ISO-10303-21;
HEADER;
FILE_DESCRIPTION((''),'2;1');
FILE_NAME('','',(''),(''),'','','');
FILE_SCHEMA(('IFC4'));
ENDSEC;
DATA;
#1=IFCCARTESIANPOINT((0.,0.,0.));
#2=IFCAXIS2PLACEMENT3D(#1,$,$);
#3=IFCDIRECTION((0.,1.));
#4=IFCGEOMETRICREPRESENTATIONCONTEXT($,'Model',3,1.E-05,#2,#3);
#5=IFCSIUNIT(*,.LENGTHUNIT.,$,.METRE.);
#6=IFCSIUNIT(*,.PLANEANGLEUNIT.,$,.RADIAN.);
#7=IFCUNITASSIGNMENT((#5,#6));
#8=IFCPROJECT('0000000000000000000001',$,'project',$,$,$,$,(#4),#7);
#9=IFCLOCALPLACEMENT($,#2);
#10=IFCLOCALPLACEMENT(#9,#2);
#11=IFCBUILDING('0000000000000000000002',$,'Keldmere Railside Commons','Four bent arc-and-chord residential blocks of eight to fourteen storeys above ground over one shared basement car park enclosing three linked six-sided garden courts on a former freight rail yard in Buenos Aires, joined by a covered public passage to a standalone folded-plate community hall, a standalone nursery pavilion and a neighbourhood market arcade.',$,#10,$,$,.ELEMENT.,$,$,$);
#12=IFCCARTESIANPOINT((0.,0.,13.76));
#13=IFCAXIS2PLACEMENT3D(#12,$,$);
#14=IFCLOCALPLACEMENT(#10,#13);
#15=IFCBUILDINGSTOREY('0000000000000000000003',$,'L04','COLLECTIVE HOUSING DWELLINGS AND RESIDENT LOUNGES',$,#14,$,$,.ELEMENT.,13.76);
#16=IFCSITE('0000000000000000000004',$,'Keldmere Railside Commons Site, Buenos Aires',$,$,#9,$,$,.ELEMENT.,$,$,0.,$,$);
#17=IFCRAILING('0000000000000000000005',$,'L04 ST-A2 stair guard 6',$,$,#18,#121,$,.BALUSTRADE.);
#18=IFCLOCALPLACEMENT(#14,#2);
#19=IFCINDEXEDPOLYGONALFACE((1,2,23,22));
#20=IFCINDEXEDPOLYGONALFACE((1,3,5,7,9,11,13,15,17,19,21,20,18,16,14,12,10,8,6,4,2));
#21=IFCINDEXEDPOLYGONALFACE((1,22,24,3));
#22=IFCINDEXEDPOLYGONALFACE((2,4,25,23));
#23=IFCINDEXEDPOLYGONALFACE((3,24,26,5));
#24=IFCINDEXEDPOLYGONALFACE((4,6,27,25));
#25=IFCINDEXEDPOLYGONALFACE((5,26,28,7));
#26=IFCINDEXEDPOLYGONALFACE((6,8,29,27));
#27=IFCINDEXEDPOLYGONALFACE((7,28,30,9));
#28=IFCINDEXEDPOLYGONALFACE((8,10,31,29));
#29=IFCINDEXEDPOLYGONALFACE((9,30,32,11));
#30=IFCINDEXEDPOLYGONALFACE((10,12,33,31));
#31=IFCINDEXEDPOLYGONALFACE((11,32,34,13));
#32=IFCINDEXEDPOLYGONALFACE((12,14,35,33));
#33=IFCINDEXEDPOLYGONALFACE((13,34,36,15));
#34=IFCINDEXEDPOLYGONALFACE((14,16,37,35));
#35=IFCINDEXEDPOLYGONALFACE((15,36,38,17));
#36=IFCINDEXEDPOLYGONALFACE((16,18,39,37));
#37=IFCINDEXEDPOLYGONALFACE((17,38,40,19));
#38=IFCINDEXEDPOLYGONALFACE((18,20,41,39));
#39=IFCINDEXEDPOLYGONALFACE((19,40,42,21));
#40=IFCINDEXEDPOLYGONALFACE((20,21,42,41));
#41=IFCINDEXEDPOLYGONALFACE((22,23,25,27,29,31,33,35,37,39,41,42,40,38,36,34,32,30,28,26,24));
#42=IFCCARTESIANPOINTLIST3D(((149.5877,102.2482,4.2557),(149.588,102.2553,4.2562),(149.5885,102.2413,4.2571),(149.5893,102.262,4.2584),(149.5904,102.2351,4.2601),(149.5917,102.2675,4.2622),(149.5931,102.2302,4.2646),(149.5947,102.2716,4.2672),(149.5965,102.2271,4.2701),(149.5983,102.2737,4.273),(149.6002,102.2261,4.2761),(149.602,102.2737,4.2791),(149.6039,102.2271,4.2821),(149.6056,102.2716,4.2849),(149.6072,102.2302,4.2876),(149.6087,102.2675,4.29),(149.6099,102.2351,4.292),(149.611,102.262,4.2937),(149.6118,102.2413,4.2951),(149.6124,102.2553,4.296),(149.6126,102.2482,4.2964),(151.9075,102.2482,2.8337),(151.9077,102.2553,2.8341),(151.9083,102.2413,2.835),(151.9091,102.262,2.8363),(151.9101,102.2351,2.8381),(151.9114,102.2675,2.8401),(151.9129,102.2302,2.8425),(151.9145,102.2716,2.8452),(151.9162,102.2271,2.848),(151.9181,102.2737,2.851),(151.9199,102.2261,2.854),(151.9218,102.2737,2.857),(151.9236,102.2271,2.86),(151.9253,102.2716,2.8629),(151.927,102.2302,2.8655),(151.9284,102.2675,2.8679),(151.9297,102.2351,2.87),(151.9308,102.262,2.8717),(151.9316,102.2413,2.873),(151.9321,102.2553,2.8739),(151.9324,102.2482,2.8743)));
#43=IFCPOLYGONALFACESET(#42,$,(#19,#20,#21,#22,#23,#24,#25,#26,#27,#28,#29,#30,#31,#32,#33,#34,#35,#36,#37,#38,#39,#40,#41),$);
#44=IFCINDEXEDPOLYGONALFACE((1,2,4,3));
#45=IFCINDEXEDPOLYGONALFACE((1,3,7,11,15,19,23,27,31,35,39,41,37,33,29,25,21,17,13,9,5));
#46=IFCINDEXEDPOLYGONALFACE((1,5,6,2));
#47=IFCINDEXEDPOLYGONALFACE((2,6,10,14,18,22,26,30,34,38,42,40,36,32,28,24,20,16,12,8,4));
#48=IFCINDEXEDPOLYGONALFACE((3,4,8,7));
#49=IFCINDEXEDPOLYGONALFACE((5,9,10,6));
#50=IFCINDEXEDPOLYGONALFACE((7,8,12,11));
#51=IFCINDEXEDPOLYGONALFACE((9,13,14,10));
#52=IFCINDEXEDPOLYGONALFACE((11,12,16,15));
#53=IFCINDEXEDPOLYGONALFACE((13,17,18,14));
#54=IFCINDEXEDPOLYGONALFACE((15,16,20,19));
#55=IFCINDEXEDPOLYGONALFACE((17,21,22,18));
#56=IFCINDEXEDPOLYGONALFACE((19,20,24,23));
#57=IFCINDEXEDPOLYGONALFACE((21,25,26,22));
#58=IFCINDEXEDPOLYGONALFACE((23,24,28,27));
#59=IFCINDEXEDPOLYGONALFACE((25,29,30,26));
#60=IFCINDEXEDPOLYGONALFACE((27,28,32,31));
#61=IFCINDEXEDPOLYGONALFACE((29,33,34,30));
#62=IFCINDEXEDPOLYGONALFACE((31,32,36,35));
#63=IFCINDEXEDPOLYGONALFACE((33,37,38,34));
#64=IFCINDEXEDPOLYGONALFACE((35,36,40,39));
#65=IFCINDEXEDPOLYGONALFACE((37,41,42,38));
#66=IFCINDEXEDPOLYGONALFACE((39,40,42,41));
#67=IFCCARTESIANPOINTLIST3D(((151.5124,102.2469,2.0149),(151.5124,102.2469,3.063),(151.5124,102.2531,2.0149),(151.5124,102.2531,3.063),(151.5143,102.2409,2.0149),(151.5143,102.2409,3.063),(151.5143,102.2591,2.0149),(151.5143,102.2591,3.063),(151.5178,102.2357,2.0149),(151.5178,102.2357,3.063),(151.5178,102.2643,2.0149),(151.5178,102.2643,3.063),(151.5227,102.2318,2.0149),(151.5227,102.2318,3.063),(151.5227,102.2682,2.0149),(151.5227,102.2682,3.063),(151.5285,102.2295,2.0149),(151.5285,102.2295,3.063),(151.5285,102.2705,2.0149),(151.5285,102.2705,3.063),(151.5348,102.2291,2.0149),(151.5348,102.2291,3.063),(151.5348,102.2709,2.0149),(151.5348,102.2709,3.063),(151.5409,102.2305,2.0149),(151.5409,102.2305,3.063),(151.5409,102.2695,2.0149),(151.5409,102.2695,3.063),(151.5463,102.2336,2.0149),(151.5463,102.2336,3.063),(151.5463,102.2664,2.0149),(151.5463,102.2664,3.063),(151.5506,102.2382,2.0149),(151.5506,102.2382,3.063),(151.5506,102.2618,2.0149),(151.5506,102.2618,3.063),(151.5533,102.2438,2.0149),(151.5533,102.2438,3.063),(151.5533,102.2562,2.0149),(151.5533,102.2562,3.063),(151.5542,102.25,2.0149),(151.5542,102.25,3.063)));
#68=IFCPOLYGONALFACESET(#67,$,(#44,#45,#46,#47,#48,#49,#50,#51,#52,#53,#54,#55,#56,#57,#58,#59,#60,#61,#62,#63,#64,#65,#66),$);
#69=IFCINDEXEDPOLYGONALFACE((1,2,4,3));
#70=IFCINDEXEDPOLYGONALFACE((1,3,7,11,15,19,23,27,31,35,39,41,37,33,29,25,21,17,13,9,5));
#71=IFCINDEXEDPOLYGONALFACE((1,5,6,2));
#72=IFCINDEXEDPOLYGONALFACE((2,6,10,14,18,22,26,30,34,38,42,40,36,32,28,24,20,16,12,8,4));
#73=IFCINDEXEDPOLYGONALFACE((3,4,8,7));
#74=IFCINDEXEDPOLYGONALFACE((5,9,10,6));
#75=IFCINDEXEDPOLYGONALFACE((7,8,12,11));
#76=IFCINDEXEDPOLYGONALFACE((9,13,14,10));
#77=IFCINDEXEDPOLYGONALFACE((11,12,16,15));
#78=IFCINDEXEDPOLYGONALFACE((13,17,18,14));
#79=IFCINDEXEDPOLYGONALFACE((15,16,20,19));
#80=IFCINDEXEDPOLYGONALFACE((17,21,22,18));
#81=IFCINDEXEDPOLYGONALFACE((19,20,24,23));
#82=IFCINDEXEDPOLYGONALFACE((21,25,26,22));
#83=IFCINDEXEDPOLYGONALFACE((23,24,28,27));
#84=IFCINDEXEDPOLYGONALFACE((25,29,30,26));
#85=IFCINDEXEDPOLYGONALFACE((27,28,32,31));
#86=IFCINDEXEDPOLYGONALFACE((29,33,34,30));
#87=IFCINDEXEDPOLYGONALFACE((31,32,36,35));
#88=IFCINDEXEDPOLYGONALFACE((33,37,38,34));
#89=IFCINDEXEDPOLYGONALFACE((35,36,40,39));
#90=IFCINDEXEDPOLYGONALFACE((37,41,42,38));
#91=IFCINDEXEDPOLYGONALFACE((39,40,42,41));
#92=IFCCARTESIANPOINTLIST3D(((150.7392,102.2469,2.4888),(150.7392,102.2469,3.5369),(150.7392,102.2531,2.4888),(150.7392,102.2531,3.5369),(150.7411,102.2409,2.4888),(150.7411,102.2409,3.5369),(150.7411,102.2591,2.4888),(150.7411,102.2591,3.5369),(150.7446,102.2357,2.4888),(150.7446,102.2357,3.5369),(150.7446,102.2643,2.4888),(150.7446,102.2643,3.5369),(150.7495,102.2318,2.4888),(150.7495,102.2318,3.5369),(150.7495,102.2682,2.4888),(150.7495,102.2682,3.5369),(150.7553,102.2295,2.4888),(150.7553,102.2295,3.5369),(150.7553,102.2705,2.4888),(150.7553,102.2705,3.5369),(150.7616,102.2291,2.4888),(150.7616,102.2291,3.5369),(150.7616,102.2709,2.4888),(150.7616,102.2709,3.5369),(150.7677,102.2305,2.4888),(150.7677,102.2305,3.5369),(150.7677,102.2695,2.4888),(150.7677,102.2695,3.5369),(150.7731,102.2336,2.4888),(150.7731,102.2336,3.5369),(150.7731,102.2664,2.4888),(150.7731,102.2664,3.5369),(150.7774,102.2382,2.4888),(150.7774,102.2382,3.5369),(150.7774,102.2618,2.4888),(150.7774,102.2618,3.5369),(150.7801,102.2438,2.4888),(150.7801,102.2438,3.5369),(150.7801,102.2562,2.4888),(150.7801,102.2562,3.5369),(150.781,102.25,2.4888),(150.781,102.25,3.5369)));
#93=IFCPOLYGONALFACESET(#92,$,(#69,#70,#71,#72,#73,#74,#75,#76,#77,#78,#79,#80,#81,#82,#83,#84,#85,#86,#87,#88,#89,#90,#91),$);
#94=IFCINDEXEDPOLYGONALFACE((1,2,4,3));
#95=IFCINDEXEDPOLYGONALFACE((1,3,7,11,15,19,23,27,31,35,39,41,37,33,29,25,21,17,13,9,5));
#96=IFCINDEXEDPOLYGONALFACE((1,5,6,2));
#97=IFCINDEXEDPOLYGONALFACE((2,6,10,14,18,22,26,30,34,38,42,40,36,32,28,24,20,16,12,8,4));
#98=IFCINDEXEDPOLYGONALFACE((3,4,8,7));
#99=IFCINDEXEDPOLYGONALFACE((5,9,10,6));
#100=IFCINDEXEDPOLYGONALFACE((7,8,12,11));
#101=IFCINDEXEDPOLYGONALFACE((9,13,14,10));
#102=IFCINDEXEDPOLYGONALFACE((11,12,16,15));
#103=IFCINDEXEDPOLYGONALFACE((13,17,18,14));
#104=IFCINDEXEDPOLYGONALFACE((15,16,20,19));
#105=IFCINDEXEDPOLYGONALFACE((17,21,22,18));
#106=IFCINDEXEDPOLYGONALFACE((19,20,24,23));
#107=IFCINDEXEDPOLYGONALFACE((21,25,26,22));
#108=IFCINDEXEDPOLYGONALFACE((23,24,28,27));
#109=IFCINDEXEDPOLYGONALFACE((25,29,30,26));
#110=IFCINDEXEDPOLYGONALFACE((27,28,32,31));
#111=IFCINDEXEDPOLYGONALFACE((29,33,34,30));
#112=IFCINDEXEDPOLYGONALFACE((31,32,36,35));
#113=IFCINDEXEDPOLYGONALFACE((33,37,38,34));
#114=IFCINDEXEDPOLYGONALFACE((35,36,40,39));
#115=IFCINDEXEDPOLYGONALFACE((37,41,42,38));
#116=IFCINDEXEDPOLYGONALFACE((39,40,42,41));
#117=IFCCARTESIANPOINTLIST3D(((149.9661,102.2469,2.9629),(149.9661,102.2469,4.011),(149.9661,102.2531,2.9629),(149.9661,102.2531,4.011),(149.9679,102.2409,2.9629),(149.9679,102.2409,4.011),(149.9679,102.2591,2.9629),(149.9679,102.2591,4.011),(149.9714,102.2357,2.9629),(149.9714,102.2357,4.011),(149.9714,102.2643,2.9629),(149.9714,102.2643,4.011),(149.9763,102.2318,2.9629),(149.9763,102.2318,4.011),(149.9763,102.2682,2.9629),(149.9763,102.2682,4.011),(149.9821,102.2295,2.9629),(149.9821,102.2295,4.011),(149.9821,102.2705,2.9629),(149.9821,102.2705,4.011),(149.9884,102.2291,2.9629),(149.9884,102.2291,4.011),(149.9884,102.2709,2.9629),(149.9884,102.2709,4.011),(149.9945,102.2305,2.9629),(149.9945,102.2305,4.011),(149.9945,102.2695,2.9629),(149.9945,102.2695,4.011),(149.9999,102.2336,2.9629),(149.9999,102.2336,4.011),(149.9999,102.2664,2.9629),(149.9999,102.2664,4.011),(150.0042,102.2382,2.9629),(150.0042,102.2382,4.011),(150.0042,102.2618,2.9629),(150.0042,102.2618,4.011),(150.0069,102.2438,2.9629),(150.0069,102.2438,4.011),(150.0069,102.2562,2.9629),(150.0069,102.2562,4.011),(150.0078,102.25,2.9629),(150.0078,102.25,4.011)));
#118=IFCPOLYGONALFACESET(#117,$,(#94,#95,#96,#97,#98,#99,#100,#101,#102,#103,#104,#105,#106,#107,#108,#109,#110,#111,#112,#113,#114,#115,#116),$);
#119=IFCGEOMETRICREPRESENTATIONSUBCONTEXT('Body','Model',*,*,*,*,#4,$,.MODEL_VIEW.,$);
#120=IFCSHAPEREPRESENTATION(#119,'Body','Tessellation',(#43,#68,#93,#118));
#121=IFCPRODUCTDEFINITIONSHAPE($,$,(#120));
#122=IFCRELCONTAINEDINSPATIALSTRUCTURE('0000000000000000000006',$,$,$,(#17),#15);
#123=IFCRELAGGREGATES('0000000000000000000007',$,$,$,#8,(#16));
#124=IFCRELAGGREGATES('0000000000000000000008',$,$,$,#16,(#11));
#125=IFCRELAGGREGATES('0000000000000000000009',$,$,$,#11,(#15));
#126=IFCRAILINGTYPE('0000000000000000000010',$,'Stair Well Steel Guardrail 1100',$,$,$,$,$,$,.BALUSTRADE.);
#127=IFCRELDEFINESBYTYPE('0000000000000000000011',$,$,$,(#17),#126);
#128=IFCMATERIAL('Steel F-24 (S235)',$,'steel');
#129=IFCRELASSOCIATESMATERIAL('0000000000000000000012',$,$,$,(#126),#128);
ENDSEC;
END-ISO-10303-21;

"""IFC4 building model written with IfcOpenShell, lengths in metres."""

from ifc_helpers import new_model, si_unit, direction, frame, origin, origin_2d, place, context, subcontext, project, spatial, circle, extrude, material, type_object, element, save


model = new_model("IFC4")

# Units and contexts
model_context = context("Model", 3, precision=1e-05, world=origin(), true_north=direction((0.0, 1.0)))
body_context = subcontext(model_context, "Body", "Model", "MODEL_VIEW")
ifc_project = project(units=[si_unit("LENGTHUNIT", "METRE"), si_unit("PLANEANGLEUNIT", "RADIAN")], contexts=[model_context])

# Site, building, storey
site_placement = place(None, origin())
site = spatial("IfcSite", under=ifc_project, at=site_placement, Name="Keldmere Railside Commons Site, Buenos Aires", CompositionType="ELEMENT", RefElevation=0.0)
building_placement = place(site_placement, origin())
building = spatial("IfcBuilding", under=site, at=building_placement, Name="Keldmere Railside Commons", Description="Four bent arc-and-chord residential blocks of eight to fourteen storeys above ground over one shared basement car park enclosing three linked six-sided garden courts on a former freight rail yard in Buenos Aires, joined by a covered public passage to a standalone folded-plate community hall, a standalone nursery pavilion and a neighbourhood market arcade.", CompositionType="ELEMENT")
storey_placement = place(building_placement, frame((0.0, 0.0, 13.76)))
storey = spatial("IfcBuildingStorey", under=building, at=storey_placement, Name="L04", Description="COLLECTIVE HOUSING DWELLINGS AND RESIDENT LOUNGES", CompositionType="ELEMENT", Elevation=13.76)

# Shared definitions
ifc_material_1 = material(Name="Steel F-24 (S235)", Category="steel")

# Railing
railing_type_1 = type_object("IfcRailingType", Name="Stair Well Steel Guardrail 1100", PredefinedType="BALUSTRADE", material=ifc_material_1)
railing_1_placement = place(storey_placement, frame((151.9199, 102.25, 1.7778)))
element("IfcRailing", 1, at=railing_1_placement, inside=storey, type_object=railing_type_1, Name="L04 ST-A2 stair guard 6", PredefinedType="BALUSTRADE", context=body_context, shape_type="SweptSolid", body=[
    extrude(circle(Radius=0.0239, at=origin_2d()), frame((0.0, 0.0, 1.0762), z_axis=(-0.852554, 0.0, 0.52264), x_axis=(0.0, -1.0, 0.0)), (0.0, 0.0, 1.0), 2.7209),
    extrude(circle(Radius=0.021, at=origin_2d()), frame((-0.3867, 0.0, 0.2371)), (0.0, 0.0, 1.0), 1.0481),
    extrude(circle(Radius=0.021, at=origin_2d()), frame((-1.1599, 0.0, 0.7109)), (0.0, 0.0, 1.0), 1.0481),
    extrude(circle(Radius=0.021, at=origin_2d()), frame((-1.9331, 0.0, 1.1851)), (0.0, 0.0, 1.0), 1.0481),
])

save(model, "model.ifc")
